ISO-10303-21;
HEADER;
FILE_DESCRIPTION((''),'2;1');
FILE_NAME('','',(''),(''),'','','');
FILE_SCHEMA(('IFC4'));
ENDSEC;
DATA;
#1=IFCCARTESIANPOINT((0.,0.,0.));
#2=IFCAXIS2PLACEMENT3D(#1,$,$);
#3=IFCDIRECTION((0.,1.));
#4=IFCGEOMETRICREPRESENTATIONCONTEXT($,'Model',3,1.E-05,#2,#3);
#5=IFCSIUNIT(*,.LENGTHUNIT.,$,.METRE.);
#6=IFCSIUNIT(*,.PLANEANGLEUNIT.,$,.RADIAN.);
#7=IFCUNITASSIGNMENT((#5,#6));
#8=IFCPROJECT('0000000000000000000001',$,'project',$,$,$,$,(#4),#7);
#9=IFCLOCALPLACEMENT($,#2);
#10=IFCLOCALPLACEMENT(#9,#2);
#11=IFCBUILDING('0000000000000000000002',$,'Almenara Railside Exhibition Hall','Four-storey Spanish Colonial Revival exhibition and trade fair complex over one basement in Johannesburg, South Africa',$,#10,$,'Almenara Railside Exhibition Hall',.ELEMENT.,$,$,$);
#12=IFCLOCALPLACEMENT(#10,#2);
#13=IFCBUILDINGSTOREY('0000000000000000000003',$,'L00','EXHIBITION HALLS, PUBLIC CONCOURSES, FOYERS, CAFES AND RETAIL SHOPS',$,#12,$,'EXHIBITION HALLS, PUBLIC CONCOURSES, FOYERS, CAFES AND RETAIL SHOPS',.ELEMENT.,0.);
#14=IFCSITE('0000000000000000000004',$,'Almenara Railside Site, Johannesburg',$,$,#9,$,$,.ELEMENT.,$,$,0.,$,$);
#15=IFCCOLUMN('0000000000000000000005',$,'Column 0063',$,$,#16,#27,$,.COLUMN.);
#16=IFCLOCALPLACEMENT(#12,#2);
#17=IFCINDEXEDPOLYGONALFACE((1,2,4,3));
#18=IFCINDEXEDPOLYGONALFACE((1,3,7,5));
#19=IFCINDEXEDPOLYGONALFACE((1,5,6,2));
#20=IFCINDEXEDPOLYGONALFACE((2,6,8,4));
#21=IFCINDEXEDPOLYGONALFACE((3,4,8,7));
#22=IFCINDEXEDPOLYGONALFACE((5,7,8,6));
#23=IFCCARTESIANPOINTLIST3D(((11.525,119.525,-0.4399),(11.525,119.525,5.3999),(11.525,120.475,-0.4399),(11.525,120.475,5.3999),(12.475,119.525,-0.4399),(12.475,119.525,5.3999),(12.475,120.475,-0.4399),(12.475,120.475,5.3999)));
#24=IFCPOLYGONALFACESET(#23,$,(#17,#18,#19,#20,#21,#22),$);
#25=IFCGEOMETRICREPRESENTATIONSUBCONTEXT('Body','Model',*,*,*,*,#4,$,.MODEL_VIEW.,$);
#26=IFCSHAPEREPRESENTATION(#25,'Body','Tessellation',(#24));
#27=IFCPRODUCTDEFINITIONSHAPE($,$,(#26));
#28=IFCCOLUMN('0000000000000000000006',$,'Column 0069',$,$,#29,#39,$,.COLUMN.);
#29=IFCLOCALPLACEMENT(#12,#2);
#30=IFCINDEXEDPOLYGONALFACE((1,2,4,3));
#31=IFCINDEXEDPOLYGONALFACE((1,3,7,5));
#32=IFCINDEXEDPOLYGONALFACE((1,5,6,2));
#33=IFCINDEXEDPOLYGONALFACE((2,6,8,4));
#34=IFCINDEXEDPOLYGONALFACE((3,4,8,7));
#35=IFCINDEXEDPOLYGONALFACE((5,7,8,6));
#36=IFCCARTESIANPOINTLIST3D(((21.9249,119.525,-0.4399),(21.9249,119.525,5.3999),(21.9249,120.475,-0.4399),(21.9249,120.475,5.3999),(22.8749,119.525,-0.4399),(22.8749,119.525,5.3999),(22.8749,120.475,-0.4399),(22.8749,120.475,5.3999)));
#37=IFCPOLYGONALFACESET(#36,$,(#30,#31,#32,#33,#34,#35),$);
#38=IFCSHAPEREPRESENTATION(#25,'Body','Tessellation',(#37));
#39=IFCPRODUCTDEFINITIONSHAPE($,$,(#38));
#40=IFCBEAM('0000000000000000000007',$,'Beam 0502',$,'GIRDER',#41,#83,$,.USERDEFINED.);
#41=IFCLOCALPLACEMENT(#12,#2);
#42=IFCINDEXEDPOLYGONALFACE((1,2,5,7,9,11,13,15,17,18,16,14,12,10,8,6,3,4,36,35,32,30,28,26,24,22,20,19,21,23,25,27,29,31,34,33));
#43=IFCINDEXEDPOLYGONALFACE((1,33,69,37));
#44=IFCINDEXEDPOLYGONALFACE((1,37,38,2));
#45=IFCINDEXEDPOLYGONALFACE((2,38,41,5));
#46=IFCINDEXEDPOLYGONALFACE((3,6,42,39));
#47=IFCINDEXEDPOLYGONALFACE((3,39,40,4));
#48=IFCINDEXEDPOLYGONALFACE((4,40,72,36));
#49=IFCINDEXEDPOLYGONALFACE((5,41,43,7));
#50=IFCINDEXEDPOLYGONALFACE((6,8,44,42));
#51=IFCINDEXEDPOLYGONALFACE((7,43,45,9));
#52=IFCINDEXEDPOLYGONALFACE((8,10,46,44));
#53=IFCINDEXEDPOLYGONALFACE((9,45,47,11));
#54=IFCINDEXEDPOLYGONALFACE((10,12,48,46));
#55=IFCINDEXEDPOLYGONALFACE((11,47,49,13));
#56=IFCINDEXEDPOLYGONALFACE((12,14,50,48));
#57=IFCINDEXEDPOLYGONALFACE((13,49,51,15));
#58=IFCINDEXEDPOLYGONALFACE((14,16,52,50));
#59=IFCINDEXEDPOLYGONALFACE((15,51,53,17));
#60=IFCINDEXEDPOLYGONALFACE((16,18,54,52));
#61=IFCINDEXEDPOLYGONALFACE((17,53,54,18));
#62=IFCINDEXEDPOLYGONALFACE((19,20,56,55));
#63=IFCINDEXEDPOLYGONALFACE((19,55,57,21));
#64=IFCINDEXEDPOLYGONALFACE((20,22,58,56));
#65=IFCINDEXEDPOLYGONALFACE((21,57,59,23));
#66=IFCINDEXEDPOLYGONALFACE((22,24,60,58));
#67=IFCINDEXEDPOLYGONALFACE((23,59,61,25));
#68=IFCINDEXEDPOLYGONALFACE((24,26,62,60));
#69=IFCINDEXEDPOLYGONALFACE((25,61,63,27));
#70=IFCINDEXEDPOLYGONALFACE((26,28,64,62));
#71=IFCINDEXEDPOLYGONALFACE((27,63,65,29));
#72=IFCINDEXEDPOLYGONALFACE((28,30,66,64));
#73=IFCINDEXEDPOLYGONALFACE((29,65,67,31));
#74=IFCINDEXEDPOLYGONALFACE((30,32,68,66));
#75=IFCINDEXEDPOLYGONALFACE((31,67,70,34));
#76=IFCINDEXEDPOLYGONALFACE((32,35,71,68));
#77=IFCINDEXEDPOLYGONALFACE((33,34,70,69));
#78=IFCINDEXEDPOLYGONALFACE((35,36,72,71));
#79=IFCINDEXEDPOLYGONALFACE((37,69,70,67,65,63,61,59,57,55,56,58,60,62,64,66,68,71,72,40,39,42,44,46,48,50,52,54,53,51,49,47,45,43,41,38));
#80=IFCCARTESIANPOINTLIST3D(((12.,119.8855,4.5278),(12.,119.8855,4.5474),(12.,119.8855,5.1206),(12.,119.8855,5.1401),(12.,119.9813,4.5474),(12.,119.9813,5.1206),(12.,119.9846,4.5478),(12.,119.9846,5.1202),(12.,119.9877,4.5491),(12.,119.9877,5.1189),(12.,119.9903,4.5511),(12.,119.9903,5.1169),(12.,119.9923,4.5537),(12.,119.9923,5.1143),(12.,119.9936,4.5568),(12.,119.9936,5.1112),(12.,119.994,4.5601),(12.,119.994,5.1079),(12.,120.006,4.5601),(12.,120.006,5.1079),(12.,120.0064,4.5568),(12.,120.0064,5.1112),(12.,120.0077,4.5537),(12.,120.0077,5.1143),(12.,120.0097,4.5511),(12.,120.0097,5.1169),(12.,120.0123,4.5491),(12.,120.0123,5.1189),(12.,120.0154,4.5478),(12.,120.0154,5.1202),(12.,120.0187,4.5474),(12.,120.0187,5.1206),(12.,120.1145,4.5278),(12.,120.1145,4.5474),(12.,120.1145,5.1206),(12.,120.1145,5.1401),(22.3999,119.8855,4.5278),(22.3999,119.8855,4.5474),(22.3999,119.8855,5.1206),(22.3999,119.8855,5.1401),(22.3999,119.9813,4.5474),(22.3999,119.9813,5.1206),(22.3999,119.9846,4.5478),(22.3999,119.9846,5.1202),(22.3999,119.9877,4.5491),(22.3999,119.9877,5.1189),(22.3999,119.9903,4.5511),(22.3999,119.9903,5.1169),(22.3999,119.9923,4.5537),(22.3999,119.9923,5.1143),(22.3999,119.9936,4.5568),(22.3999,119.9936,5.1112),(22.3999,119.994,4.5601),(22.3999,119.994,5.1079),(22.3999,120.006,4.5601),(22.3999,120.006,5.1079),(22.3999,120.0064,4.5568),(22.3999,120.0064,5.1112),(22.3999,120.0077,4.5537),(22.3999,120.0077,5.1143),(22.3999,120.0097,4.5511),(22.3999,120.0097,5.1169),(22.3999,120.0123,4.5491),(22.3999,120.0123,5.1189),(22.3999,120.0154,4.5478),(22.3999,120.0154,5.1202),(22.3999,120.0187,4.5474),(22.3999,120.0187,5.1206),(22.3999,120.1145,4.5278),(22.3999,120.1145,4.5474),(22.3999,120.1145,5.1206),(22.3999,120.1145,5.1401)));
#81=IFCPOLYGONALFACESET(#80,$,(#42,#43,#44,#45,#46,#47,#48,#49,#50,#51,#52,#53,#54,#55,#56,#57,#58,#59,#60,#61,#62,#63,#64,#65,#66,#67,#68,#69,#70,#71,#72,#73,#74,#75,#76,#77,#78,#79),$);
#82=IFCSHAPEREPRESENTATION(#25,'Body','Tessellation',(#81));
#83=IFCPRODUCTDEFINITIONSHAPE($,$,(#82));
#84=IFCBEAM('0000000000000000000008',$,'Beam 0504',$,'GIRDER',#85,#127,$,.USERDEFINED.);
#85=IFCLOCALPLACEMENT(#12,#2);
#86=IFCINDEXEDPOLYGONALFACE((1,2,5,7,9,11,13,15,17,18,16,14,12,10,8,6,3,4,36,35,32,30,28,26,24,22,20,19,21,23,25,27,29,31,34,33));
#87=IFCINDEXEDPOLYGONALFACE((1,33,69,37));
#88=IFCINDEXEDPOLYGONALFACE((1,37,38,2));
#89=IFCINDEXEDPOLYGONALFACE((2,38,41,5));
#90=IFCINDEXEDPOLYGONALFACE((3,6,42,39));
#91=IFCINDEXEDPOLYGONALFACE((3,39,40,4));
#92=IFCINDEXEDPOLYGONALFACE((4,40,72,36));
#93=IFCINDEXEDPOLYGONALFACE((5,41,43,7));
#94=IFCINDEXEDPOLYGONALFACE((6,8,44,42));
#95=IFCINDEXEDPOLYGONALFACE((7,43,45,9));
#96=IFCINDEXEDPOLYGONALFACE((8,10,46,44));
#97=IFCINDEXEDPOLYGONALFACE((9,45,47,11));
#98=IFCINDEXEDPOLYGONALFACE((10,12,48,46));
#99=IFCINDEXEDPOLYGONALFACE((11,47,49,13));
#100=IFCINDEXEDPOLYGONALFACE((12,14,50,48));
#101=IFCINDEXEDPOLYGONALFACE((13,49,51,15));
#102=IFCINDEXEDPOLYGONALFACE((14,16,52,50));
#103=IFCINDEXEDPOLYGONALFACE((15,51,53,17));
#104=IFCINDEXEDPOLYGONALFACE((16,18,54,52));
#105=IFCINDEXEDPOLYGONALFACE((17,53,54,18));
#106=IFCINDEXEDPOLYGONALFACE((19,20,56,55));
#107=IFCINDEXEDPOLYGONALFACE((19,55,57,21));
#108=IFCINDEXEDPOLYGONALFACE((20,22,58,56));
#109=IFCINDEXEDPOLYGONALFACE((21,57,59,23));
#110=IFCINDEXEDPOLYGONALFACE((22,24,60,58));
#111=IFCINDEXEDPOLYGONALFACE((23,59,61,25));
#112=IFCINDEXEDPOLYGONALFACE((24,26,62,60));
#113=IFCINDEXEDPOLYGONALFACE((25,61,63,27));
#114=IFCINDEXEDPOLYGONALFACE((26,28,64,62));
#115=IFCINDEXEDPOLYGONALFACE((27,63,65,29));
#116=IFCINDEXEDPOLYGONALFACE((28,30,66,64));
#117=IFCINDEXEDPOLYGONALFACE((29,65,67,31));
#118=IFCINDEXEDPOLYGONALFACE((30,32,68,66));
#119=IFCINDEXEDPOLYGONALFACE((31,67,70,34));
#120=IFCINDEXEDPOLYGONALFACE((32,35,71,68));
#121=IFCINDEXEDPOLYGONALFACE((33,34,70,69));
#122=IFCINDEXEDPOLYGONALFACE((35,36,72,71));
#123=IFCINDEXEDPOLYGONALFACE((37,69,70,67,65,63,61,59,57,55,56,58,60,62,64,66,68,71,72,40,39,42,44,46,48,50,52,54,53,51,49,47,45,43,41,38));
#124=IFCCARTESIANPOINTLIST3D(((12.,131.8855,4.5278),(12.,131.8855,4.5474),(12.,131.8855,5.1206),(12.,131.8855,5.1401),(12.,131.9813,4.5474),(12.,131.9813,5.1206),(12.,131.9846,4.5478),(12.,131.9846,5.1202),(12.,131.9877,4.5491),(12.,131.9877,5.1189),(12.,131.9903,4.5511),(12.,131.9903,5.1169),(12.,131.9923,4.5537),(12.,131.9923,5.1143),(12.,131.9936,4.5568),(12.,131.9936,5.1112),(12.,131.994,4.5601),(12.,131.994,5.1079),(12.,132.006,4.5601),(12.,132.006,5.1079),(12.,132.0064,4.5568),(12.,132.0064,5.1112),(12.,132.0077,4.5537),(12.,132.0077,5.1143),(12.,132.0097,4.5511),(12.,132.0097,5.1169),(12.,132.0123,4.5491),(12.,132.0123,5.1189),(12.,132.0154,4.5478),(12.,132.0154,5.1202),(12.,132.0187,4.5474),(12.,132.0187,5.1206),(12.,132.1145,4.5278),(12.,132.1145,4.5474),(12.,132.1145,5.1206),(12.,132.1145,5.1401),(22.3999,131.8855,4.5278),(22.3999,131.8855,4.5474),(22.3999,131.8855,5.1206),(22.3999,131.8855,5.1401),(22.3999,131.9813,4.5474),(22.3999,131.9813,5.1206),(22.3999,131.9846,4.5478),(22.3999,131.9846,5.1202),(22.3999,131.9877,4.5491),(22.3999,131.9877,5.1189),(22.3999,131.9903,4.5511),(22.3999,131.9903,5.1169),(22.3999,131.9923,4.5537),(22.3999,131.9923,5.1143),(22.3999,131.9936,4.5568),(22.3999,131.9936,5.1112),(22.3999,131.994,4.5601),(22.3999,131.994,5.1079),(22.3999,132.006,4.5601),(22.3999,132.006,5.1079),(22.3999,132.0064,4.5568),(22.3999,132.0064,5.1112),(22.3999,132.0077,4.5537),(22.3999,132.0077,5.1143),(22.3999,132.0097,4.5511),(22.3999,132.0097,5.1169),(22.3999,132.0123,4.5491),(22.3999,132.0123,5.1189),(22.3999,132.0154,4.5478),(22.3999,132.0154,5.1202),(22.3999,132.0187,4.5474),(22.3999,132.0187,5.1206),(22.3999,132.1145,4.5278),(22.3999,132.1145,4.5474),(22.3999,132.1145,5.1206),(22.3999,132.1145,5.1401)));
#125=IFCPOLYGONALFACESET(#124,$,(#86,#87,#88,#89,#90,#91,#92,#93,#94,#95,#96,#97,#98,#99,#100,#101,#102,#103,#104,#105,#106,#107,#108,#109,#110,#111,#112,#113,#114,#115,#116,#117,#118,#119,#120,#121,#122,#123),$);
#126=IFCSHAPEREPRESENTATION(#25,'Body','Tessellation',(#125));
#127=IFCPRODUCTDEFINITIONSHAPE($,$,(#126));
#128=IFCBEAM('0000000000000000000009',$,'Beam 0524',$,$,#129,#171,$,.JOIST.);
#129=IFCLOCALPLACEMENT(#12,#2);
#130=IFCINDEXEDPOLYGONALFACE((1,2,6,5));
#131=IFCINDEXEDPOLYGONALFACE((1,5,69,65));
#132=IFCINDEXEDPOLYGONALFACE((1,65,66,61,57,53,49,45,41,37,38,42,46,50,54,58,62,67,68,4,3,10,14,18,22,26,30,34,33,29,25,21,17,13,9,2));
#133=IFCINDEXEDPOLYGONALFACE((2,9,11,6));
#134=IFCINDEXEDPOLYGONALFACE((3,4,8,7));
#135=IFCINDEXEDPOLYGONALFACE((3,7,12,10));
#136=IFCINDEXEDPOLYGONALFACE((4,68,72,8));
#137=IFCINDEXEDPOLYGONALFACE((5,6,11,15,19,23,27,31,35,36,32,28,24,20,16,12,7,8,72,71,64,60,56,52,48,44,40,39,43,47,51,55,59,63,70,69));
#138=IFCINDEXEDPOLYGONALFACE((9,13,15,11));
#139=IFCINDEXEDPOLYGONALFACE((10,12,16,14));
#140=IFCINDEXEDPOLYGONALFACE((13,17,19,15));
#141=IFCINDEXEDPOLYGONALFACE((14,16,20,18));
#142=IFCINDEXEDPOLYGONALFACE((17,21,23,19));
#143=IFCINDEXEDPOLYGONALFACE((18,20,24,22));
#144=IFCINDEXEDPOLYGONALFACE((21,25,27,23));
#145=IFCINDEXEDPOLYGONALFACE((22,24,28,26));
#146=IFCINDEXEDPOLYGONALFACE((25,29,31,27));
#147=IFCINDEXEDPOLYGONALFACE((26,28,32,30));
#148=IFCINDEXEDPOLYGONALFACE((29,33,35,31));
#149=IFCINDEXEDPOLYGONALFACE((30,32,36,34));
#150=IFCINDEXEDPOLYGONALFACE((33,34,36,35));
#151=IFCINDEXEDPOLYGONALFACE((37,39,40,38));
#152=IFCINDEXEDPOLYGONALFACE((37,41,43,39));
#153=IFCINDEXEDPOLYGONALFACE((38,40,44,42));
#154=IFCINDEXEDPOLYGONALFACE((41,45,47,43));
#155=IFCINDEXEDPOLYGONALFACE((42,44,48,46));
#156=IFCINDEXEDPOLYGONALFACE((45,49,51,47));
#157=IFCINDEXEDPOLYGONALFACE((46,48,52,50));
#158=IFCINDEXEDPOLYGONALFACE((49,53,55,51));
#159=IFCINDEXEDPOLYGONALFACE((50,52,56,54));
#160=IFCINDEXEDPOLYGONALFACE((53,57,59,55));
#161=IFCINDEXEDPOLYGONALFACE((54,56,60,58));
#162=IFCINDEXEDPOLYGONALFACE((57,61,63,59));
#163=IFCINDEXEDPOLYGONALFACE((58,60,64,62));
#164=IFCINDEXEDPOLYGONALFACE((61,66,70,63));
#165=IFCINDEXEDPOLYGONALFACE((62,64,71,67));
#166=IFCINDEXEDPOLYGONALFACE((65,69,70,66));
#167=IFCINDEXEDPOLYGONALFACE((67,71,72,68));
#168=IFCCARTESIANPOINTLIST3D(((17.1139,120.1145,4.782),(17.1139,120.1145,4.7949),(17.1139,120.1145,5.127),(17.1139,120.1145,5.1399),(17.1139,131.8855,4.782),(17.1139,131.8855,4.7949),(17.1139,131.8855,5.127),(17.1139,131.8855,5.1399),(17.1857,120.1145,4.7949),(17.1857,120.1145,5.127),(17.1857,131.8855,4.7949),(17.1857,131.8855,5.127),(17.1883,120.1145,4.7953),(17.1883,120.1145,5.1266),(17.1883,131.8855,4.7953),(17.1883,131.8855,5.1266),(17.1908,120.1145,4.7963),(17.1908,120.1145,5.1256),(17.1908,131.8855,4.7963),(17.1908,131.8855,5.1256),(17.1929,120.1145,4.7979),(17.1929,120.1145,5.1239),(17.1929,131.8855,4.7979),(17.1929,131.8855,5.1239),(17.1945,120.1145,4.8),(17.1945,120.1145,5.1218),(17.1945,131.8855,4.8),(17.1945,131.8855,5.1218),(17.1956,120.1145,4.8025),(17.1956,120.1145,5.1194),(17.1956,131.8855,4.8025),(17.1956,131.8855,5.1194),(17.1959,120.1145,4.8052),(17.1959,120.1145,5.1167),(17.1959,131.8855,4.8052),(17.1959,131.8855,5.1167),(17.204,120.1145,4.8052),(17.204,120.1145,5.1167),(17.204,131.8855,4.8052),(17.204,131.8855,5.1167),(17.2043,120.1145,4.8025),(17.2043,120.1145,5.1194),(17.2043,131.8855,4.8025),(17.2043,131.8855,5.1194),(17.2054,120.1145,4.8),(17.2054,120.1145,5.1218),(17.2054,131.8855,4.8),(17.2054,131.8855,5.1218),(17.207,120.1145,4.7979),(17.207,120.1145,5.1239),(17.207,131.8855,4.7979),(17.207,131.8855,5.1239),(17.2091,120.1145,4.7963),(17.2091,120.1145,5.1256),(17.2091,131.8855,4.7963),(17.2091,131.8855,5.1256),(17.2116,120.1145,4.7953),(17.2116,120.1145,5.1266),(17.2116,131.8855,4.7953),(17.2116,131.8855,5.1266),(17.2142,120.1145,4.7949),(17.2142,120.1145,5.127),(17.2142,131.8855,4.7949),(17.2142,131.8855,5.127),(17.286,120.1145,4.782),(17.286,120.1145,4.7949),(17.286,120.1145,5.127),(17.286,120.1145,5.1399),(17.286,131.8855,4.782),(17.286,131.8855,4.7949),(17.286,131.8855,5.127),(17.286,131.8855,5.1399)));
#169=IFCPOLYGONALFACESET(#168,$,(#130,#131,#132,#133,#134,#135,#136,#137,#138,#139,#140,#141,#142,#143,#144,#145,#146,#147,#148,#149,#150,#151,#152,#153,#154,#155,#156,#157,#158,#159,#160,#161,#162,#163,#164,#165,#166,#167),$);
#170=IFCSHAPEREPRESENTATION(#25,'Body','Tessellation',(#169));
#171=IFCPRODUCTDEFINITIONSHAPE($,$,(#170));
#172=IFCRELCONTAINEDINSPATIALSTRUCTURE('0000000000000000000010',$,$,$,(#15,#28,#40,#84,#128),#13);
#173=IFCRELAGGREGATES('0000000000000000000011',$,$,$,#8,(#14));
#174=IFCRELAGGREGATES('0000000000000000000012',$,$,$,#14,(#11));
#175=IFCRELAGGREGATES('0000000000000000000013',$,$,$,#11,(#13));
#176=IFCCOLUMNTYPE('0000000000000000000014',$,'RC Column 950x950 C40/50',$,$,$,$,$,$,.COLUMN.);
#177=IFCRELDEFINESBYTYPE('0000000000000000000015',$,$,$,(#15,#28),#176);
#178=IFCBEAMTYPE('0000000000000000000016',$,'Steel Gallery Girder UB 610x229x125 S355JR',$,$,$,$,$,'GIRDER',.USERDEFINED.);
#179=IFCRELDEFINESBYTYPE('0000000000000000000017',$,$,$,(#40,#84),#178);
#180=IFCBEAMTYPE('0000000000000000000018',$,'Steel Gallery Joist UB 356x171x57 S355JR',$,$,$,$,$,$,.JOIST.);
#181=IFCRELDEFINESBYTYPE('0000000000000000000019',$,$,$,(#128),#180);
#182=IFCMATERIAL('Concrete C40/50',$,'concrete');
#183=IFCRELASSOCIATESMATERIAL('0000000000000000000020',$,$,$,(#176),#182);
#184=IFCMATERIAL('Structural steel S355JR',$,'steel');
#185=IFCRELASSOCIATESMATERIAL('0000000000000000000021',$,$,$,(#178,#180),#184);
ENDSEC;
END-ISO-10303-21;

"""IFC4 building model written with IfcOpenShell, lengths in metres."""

from ifc_helpers import new_model, si_unit, direction, frame, origin, origin_2d, place, context, subcontext, project, spatial, rectangle, i_section, extrude, material, material_profile, profile_set, type_object, element, save


model = new_model("IFC4")

# Units and contexts
model_context = context("Model", 3, precision=1e-05, world=origin(), true_north=direction((0.0, 1.0)))
body_context = subcontext(model_context, "Body", "Model", "MODEL_VIEW")
ifc_project = project(units=[si_unit("LENGTHUNIT", "METRE"), si_unit("PLANEANGLEUNIT", "RADIAN")], contexts=[model_context])

# Site, building, storey
site_placement = place(None, origin())
site = spatial("IfcSite", under=ifc_project, at=site_placement, Name="Almenara Railside Site, Johannesburg", CompositionType="ELEMENT", RefElevation=0.0)
building_placement = place(site_placement, origin())
building = spatial("IfcBuilding", under=site, at=building_placement, Name="Almenara Railside Exhibition Hall", Description="Four-storey Spanish Colonial Revival exhibition and trade fair complex over one basement in Johannesburg, South Africa", LongName="Almenara Railside Exhibition Hall", CompositionType="ELEMENT")
storey_placement = place(building_placement, origin())
storey = spatial("IfcBuildingStorey", under=building, at=storey_placement, Name="L00", Description="EXHIBITION HALLS, PUBLIC CONCOURSES, FOYERS, CAFES AND RETAIL SHOPS", LongName="EXHIBITION HALLS, PUBLIC CONCOURSES, FOYERS, CAFES AND RETAIL SHOPS", CompositionType="ELEMENT", Elevation=0.0)

# Shared definitions
ifc_material_1 = material(Name="Concrete C40/50", Category="concrete")

# Columns
ifc_material_profile_1 = material_profile(ifc_material_1, rectangle(XDim=0.95, YDim=0.95, at=origin_2d()), Name="RC 950x950")
ifc_profile_set_1 = profile_set([ifc_material_profile_1], Name="Concrete C40/50")
column_type_1 = type_object("IfcColumnType", Name="RC Column 950x950 C40/50", PredefinedType="COLUMN", material=ifc_profile_set_1)
for number, where, z_axis, x_axis, name in (
    (1, (12.0, 120.0, -0.4399), (0.0, 0.0, 1.0), (1.0, 0.0, 0.0), "Column 0063"),
    (2, (22.3999, 120.0, -0.4399), (0.0, 0.0, 1.0), (1.0, 0.0, 0.0), "Column 0069"),
):
    element("IfcColumn", number, at=place(storey_placement, frame(where, z_axis=z_axis, x_axis=x_axis)), inside=storey, type_object=column_type_1, Name=name, PredefinedType="COLUMN", context=body_context, shape_type="SweptSolid", body=[
        extrude(rectangle(XDim=0.95, YDim=0.95, at=origin_2d()), origin(), (0.0, 0.0, 1.0), 5.8398),
    ])

# Beams
ifc_material_2 = material(Name="Structural steel S355JR", Category="steel")
ifc_material_profile_2 = material_profile(ifc_material_2, i_section(OverallWidth=0.229, OverallDepth=0.6123, WebThickness=0.012, FlangeThickness=0.0195, FilletRadius=0.0127, at=origin_2d()), Name="UB 610x229x125")
ifc_profile_set_2 = profile_set([ifc_material_profile_2], Name="Structural steel S355JR")
beam_type_1 = type_object("IfcBeamType", Name="Steel Gallery Girder UB 610x229x125 S355JR", ElementType="GIRDER", PredefinedType="USERDEFINED", material=ifc_profile_set_2)
for number, where, z_axis, x_axis, name in (
    (3, (12.0, 120.0, 4.834), (1.0, 0.0, 0.0), (0.0, 1.0, 0.0), "Beam 0502"),
    (4, (12.0, 132.0, 4.834), (1.0, 0.0, 0.0), (0.0, 1.0, 0.0), "Beam 0504"),
):
    element("IfcBeam", number, at=place(storey_placement, frame(where, z_axis=z_axis, x_axis=x_axis)), inside=storey, type_object=beam_type_1, Name=name, ObjectType="GIRDER", PredefinedType="USERDEFINED", context=body_context, shape_type="SweptSolid", body=[
        extrude(i_section(OverallWidth=0.229, OverallDepth=0.6123, WebThickness=0.012, FlangeThickness=0.0195, FilletRadius=0.0127, at=origin_2d()), origin(), (0.0, 0.0, 1.0), 10.3999),
    ])
ifc_material_profile_3 = material_profile(ifc_material_2, i_section(OverallWidth=0.1721, OverallDepth=0.3579, WebThickness=0.0081, FlangeThickness=0.0129, FilletRadius=0.0103, at=origin_2d()), Name="UB 356x171x57")
ifc_profile_set_3 = profile_set([ifc_material_profile_3], Name="Structural steel S355JR")
beam_type_2 = type_object("IfcBeamType", Name="Steel Gallery Joist UB 356x171x57 S355JR", PredefinedType="JOIST", material=ifc_profile_set_3)
beam_1_placement = place(storey_placement, frame((17.2, 120.1145, 4.9609), z_axis=(0.0, 1.0, 0.0), x_axis=(-1.0, 0.0, 0.0)))
element("IfcBeam", 5, at=beam_1_placement, inside=storey, type_object=beam_type_2, Name="Beam 0524", PredefinedType="JOIST", context=body_context, shape_type="SweptSolid", body=[
    extrude(i_section(OverallWidth=0.1721, OverallDepth=0.3579, WebThickness=0.0081, FlangeThickness=0.0129, FilletRadius=0.0103, at=origin_2d()), origin(), (0.0, 0.0, 1.0), 11.771),
])

save(model, "model.ifc")
